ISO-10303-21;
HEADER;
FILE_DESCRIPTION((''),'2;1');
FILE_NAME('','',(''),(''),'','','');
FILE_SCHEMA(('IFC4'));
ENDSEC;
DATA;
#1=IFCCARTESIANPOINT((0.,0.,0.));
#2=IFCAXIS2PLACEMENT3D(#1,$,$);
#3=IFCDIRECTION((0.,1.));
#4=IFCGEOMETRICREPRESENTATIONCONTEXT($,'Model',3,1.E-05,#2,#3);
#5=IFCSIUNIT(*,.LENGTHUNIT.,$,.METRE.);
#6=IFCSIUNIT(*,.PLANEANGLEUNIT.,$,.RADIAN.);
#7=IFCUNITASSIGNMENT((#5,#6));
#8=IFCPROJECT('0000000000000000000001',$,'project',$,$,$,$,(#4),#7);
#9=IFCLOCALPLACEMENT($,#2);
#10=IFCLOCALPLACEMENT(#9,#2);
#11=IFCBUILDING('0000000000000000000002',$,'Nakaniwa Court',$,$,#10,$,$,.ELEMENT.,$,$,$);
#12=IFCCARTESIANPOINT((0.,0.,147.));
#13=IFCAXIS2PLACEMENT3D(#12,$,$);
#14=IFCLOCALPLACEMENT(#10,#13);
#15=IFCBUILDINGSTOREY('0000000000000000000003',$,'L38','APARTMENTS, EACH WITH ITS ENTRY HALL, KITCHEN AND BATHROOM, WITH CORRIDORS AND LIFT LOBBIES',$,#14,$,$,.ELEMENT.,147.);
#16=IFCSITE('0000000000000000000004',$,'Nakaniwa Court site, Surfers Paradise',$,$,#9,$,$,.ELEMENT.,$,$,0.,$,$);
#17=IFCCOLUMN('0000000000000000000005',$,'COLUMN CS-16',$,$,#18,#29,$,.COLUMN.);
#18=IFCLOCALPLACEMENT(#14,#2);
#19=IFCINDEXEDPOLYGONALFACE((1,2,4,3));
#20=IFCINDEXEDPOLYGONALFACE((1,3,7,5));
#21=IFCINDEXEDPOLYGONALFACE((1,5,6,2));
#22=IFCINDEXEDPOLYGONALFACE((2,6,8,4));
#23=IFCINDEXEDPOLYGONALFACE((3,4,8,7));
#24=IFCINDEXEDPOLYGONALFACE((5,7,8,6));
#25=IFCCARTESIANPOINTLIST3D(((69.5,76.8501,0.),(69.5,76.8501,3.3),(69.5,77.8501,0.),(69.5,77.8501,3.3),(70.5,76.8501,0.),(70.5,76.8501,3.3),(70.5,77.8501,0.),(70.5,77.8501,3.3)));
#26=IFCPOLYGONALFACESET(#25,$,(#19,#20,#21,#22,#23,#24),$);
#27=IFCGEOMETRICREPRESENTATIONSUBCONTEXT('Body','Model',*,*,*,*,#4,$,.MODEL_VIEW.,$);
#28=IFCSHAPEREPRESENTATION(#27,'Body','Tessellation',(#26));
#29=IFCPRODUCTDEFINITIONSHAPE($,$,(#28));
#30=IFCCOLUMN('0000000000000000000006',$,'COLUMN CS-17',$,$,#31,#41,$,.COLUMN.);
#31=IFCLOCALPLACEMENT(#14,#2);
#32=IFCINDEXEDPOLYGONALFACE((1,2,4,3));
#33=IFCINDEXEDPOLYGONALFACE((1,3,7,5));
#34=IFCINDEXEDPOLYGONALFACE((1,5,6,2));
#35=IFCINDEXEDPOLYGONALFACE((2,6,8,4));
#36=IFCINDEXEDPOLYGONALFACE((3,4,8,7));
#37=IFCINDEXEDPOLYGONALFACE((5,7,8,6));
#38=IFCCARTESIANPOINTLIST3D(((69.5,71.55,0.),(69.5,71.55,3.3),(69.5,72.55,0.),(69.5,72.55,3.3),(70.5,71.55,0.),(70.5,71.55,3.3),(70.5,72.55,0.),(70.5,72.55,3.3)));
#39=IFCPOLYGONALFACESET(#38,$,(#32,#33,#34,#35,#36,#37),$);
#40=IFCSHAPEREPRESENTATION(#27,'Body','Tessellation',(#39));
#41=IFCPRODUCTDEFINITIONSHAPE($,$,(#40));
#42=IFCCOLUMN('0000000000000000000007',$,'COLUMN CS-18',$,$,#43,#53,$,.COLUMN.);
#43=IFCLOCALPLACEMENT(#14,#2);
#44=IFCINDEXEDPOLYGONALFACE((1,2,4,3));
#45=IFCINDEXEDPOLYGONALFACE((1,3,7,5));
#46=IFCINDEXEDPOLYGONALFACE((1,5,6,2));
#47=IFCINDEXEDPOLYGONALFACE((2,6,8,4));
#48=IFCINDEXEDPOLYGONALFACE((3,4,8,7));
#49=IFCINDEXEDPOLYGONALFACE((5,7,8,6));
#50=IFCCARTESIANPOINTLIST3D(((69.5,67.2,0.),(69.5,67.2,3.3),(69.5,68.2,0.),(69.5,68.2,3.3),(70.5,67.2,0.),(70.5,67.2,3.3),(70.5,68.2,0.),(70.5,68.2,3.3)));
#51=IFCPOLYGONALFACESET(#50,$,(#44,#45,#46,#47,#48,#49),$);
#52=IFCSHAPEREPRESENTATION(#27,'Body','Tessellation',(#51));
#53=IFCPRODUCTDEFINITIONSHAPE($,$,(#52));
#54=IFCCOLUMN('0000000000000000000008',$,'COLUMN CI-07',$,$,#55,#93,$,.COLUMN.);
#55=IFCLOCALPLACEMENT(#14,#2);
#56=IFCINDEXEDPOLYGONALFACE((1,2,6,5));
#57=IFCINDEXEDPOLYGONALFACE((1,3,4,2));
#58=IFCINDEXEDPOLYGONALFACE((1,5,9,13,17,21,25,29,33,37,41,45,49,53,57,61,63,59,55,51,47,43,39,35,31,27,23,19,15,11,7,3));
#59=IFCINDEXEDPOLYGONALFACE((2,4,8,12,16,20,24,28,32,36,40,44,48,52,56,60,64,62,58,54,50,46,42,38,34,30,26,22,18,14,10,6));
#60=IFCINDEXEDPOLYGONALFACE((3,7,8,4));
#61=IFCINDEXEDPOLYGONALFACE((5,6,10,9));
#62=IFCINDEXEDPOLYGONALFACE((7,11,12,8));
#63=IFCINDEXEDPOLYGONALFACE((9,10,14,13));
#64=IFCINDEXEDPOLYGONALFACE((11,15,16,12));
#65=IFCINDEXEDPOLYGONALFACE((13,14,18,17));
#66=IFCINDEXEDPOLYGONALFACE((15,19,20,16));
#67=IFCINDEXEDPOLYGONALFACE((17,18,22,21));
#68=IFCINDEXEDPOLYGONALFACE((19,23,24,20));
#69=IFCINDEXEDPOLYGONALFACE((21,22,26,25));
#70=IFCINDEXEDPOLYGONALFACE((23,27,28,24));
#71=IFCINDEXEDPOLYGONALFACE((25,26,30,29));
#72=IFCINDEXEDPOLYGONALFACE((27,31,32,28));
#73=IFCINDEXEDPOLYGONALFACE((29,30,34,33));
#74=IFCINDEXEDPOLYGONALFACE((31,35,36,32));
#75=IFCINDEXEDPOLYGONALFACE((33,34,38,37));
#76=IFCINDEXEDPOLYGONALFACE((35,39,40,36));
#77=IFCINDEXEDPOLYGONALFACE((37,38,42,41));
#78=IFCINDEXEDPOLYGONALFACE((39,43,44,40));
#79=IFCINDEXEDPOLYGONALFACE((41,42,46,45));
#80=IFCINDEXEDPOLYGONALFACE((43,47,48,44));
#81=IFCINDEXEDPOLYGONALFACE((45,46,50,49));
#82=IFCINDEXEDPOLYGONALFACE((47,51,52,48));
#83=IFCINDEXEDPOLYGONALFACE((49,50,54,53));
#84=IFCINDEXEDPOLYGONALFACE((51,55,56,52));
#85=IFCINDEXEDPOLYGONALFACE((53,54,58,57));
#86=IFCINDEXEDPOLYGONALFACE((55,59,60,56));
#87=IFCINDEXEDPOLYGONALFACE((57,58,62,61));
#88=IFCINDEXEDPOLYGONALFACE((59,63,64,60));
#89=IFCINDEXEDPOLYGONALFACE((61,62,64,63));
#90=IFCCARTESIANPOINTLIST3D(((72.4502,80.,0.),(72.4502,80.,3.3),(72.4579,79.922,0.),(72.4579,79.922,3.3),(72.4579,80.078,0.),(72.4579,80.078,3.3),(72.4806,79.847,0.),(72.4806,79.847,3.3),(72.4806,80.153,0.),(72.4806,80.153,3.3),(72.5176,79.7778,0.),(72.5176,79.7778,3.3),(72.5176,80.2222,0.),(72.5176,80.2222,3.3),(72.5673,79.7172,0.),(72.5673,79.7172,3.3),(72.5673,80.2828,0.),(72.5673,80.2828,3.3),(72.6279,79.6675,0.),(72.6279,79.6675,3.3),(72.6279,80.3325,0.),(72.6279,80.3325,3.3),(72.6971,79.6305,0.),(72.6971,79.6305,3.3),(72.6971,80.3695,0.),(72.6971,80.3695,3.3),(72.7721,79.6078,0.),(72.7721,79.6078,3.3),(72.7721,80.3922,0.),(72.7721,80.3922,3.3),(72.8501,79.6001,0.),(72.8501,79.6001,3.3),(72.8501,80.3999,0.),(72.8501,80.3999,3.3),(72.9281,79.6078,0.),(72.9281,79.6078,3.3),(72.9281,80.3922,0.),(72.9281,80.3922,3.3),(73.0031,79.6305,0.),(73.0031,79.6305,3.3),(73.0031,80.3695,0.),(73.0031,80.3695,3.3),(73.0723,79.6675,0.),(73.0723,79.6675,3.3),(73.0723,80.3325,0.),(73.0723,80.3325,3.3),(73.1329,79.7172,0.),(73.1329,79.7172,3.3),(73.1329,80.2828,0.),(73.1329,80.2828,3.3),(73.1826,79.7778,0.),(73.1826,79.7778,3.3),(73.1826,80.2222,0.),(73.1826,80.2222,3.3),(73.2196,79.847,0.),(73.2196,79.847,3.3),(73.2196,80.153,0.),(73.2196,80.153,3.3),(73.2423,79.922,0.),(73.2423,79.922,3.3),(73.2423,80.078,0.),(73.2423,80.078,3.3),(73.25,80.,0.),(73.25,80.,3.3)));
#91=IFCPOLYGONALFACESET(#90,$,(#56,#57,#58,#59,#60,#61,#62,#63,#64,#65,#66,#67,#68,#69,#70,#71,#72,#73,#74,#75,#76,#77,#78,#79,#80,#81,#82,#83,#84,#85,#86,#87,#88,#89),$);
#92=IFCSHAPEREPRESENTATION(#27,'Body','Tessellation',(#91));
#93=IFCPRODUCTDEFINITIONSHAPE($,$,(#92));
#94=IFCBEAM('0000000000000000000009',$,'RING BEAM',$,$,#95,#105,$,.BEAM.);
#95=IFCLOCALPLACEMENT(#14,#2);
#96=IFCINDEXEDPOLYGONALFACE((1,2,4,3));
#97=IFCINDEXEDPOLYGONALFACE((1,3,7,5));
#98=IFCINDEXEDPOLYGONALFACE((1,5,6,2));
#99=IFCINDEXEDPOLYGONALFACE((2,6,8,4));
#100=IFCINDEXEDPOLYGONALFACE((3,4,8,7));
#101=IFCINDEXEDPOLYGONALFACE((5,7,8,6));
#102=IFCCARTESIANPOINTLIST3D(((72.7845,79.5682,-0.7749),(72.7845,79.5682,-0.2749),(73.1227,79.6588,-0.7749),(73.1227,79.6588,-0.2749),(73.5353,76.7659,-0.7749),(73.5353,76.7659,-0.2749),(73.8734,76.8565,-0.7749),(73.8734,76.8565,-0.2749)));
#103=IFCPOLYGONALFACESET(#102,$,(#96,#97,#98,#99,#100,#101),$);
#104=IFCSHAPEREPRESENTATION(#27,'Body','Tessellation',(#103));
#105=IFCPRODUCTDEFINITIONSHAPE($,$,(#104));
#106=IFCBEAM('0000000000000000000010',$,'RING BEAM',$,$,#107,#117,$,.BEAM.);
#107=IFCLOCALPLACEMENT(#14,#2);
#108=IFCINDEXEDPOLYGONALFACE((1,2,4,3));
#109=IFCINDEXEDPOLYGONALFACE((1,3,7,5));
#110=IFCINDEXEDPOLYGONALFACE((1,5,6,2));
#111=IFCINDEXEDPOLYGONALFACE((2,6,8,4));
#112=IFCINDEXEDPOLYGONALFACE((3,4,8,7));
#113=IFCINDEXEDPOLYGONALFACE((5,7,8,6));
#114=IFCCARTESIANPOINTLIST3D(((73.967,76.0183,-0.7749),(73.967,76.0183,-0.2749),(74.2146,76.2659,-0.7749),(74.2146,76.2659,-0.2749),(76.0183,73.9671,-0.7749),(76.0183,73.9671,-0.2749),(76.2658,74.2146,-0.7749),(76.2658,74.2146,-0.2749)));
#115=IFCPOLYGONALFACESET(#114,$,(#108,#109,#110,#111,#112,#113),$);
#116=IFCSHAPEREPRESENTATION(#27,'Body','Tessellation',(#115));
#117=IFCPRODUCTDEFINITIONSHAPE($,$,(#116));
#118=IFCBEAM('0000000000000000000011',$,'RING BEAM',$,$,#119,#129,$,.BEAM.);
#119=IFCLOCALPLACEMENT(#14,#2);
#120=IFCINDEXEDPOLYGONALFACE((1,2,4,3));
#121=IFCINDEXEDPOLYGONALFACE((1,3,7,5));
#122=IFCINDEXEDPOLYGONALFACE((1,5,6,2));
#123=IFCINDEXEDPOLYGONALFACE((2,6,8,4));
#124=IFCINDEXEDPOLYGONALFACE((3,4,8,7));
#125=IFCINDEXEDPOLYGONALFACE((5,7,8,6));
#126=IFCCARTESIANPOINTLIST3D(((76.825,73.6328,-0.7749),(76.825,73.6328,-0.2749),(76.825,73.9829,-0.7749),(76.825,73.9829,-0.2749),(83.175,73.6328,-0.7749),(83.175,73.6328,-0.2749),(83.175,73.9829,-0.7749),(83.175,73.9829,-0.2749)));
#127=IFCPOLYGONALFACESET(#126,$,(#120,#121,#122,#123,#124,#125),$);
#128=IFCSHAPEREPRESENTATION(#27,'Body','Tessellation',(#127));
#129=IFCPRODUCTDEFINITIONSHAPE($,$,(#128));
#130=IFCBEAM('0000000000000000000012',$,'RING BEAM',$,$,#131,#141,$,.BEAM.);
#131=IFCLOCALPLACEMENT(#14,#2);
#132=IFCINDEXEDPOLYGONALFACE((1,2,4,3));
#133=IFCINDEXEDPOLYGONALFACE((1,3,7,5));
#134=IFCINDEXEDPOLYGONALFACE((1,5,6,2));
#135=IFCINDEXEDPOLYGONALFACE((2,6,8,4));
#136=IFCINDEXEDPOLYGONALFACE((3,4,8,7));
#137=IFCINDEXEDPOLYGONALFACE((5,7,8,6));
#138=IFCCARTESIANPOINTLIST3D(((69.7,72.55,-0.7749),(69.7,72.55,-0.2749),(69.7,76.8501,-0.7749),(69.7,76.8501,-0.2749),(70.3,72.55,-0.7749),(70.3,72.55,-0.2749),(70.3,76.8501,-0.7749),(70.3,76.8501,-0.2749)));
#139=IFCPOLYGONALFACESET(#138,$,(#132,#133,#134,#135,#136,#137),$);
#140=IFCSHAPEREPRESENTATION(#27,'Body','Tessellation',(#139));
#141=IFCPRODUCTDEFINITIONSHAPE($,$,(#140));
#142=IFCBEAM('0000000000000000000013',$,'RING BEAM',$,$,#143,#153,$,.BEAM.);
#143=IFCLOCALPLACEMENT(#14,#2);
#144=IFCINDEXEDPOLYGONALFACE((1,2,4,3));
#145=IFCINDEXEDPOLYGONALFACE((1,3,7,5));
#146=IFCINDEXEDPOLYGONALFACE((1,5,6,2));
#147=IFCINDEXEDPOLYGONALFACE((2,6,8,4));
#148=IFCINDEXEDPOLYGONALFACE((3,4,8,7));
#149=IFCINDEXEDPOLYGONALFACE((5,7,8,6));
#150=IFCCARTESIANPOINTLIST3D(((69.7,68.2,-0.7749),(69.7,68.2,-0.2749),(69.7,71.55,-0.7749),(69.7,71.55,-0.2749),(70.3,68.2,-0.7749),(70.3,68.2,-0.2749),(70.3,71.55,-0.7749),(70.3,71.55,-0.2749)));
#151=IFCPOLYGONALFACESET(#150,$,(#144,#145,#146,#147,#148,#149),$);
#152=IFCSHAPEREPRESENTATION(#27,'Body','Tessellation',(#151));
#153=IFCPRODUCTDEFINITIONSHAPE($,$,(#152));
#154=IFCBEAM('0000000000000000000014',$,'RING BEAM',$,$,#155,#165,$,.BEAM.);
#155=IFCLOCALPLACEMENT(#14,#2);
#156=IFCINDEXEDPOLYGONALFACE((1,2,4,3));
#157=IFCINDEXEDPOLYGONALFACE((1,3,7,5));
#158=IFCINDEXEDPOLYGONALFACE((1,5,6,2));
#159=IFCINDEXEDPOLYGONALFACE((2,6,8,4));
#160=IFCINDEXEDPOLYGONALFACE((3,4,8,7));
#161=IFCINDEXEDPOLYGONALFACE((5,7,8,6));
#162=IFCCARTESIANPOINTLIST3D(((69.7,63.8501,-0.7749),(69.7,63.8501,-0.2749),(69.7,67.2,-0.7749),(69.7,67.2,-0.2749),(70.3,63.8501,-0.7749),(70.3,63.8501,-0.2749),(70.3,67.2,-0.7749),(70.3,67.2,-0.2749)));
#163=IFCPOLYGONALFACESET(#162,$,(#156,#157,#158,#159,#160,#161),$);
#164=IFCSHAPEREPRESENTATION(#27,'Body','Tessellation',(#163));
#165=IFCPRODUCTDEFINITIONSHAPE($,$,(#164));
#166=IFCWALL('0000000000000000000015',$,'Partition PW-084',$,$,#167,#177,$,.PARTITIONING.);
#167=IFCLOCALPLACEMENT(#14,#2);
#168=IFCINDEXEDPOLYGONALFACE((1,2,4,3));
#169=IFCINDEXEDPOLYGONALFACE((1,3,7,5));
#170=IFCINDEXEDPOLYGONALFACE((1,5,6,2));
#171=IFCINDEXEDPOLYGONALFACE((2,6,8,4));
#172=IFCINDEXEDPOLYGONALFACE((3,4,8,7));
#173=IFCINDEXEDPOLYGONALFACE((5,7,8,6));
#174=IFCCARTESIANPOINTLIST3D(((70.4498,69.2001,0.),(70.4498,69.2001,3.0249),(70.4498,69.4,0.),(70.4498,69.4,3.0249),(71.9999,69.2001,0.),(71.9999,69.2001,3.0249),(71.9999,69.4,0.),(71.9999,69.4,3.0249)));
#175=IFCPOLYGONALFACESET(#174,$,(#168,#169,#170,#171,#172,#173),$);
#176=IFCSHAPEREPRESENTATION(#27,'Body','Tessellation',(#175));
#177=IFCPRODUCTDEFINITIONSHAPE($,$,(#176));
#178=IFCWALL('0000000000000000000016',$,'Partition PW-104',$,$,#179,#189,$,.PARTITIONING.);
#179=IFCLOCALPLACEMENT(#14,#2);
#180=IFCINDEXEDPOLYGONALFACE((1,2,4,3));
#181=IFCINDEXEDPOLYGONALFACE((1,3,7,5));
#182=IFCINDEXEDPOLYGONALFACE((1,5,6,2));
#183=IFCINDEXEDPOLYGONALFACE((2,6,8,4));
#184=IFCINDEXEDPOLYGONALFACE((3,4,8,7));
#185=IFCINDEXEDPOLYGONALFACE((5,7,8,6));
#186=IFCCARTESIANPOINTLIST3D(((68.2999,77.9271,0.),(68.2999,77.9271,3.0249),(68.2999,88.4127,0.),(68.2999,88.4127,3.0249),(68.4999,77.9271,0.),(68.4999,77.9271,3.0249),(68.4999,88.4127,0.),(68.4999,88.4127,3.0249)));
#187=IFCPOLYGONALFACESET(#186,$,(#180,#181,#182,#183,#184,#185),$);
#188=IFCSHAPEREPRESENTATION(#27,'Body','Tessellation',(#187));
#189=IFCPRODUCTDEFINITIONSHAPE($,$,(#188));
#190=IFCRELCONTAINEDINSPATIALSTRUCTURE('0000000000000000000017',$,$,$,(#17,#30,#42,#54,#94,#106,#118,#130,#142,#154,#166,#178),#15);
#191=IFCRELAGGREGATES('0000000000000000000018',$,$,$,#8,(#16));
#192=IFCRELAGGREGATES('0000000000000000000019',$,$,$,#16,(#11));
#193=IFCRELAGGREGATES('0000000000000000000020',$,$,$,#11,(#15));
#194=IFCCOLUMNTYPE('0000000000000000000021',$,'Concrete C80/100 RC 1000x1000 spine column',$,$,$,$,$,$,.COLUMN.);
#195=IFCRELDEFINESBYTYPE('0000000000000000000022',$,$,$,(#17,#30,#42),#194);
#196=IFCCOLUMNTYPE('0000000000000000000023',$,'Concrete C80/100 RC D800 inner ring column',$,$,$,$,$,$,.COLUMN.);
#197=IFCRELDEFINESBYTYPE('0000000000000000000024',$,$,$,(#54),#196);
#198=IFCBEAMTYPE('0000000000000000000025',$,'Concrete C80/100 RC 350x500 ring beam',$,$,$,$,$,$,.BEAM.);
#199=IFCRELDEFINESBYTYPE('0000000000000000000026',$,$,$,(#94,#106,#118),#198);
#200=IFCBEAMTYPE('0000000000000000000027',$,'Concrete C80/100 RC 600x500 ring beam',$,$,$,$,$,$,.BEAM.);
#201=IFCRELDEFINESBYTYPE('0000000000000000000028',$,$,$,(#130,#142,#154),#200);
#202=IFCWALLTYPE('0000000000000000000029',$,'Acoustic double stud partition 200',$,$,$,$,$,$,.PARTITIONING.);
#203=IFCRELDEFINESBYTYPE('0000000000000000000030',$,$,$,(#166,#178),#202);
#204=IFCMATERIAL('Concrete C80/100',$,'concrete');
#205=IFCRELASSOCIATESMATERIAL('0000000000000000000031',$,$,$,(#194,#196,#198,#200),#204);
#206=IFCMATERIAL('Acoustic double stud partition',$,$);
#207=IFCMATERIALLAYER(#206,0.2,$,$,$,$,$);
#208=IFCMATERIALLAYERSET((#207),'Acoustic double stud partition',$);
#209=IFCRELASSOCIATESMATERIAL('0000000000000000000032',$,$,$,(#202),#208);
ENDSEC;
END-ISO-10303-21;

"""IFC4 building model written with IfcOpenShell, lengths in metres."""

from ifc_helpers import new_model, si_unit, direction, frame, frame_2d, origin, origin_2d, place, context, subcontext, project, spatial, rectangle, circle, extrude, material, layer, layer_set, material_profile, profile_set, type_object, element, save


model = new_model("IFC4")

# Units and contexts
model_context = context("Model", 3, precision=1e-05, world=origin(), true_north=direction((0.0, 1.0)))
body_context = subcontext(model_context, "Body", "Model", "MODEL_VIEW")
ifc_project = project(units=[si_unit("LENGTHUNIT", "METRE"), si_unit("PLANEANGLEUNIT", "RADIAN")], contexts=[model_context])

# Site, building, storey
site_placement = place(None, origin())
site = spatial("IfcSite", under=ifc_project, at=site_placement, Name="Nakaniwa Court site, Surfers Paradise", CompositionType="ELEMENT", RefElevation=0.0)
building_placement = place(site_placement, origin())
building = spatial("IfcBuilding", under=site, at=building_placement, Name="Nakaniwa Court", CompositionType="ELEMENT")
storey_placement = place(building_placement, frame((0.0, 0.0, 147.0)))
storey = spatial("IfcBuildingStorey", under=building, at=storey_placement, Name="L38", Description="APARTMENTS, EACH WITH ITS ENTRY HALL, KITCHEN AND BATHROOM, WITH CORRIDORS AND LIFT LOBBIES", CompositionType="ELEMENT", Elevation=147.0)

# Columns
ifc_material_1 = material(Name="Concrete C80/100", Category="concrete")
ifc_material_profile_1 = material_profile(ifc_material_1, rectangle(XDim=1.0, YDim=1.0, at=origin_2d()), Name="Concrete C80/100 RC 1000x1000 spine column")
ifc_profile_set_1 = profile_set([ifc_material_profile_1], Name="Concrete C80/100")
column_type_1 = type_object("IfcColumnType", Name="Concrete C80/100 RC 1000x1000 spine column", PredefinedType="COLUMN", material=ifc_profile_set_1)
for number, where, z_axis, x_axis, name in (
    (1, (70.0, 77.3501, 0.0), (0.0, 0.0, 1.0), (0.0, -1.0, 0.0), "COLUMN CS-16"),
    (2, (70.0, 72.05, 0.0), (0.0, 0.0, 1.0), (0.0, -1.0, 0.0), "COLUMN CS-17"),
    (3, (70.0, 67.7, 0.0), (0.0, 0.0, 1.0), (0.0, -1.0, 0.0), "COLUMN CS-18"),
):
    element("IfcColumn", number, at=place(storey_placement, frame(where, z_axis=z_axis, x_axis=x_axis)), inside=storey, type_object=column_type_1, Name=name, PredefinedType="COLUMN", context=body_context, shape_type="SweptSolid", body=[
        extrude(rectangle(XDim=1.0, YDim=1.0, at=origin_2d()), origin(), (0.0, 0.0, 1.0), 3.3),
    ])
ifc_material_profile_2 = material_profile(ifc_material_1, circle(Radius=0.3999, at=origin_2d()), Name="Concrete C80/100 RC D800 inner ring column")
ifc_profile_set_2 = profile_set([ifc_material_profile_2], Name="Concrete C80/100")
column_type_2 = type_object("IfcColumnType", Name="Concrete C80/100 RC D800 inner ring column", PredefinedType="COLUMN", material=ifc_profile_set_2)
for number, where, z_axis, x_axis, name in (
    (4, (72.8501, 80.0, 0.0), (0.0, 0.0, 1.0), (0.0, -1.0, 0.0), "COLUMN CI-07"),
):
    element("IfcColumn", number, at=place(storey_placement, frame(where, z_axis=z_axis, x_axis=x_axis)), inside=storey, type_object=column_type_2, Name=name, PredefinedType="COLUMN", context=body_context, shape_type="SweptSolid", body=[
        extrude(circle(Radius=0.3999, at=origin_2d()), origin(), (0.0, 0.0, 1.0), 3.3),
    ])

# Beams
ifc_material_profile_3 = material_profile(ifc_material_1, rectangle(XDim=0.3501, YDim=0.5, at=origin_2d()), Name="Concrete C80/100 RC 350x500 ring beam")
ifc_profile_set_3 = profile_set([ifc_material_profile_3], Name="Concrete C80/100")
beam_type_1 = type_object("IfcBeamType", Name="Concrete C80/100 RC 350x500 ring beam", PredefinedType="BEAM", material=ifc_profile_set_3)
beam_1_placement = place(storey_placement, frame((72.9536, 79.6135, -0.5249), z_axis=(0.258778, -0.965937, 0.0), x_axis=(0.965937, 0.258778, 0.0)))
element("IfcBeam", 5, at=beam_1_placement, inside=storey, type_object=beam_type_1, Name="RING BEAM", PredefinedType="BEAM", context=body_context, shape_type="SweptSolid", body=[
    extrude(rectangle(XDim=0.3501, YDim=0.5, at=origin_2d()), origin(), (0.0, 0.0, 1.0), 2.9011),
])
beam_2_placement = place(storey_placement, frame((74.0908, 76.1421, -0.5249), z_axis=(0.707107, -0.707107, 0.0), x_axis=(0.707107, 0.707107, 0.0)))
element("IfcBeam", 6, at=beam_2_placement, inside=storey, type_object=beam_type_1, Name="RING BEAM", PredefinedType="BEAM", context=body_context, shape_type="SweptSolid", body=[
    extrude(rectangle(XDim=0.3501, YDim=0.5, at=origin_2d()), origin(), (0.0, 0.0, 1.0), 2.9009),
])
beam_3_placement = place(storey_placement, frame((76.825, 73.8079, -0.5249), z_axis=(1.0, 0.0, 0.0), x_axis=(0.0, 1.0, 0.0)))
element("IfcBeam", 7, at=beam_3_placement, inside=storey, type_object=beam_type_1, Name="RING BEAM", PredefinedType="BEAM", context=body_context, shape_type="SweptSolid", body=[
    extrude(rectangle(XDim=0.3501, YDim=0.5, at=origin_2d()), origin(), (0.0, 0.0, 1.0), 6.3501),
])
ifc_material_profile_4 = material_profile(ifc_material_1, rectangle(XDim=0.6001, YDim=0.5, at=origin_2d()), Name="Concrete C80/100 RC 600x500 ring beam")
ifc_profile_set_4 = profile_set([ifc_material_profile_4], Name="Concrete C80/100")
beam_type_2 = type_object("IfcBeamType", Name="Concrete C80/100 RC 600x500 ring beam", PredefinedType="BEAM", material=ifc_profile_set_4)
beam_4_placement = place(storey_placement, frame((70.0, 76.8501, -0.5249), z_axis=(0.0, -1.0, 0.0), x_axis=(1.0, 0.0, 0.0)))
element("IfcBeam", 8, at=beam_4_placement, inside=storey, type_object=beam_type_2, Name="RING BEAM", PredefinedType="BEAM", context=body_context, shape_type="SweptSolid", body=[
    extrude(rectangle(XDim=0.6001, YDim=0.5, at=origin_2d()), origin(), (0.0, 0.0, 1.0), 4.3),
])
beam_5_placement = place(storey_placement, frame((70.0, 71.55, -0.5249), z_axis=(0.0, -1.0, 0.0), x_axis=(1.0, 0.0, 0.0)))
element("IfcBeam", 9, at=beam_5_placement, inside=storey, type_object=beam_type_2, Name="RING BEAM", PredefinedType="BEAM", context=body_context, shape_type="SweptSolid", body=[
    extrude(rectangle(XDim=0.6001, YDim=0.5, at=origin_2d()), origin(), (0.0, 0.0, 1.0), 3.3501),
])
beam_6_placement = place(storey_placement, frame((70.0, 67.2, -0.5249), z_axis=(0.0, -1.0, 0.0), x_axis=(1.0, 0.0, 0.0)))
element("IfcBeam", 10, at=beam_6_placement, inside=storey, type_object=beam_type_2, Name="RING BEAM", PredefinedType="BEAM", context=body_context, shape_type="SweptSolid", body=[
    extrude(rectangle(XDim=0.6001, YDim=0.5, at=origin_2d()), origin(), (0.0, 0.0, 1.0), 3.3499),
])

# Walls
ifc_material_2 = material(Name="Acoustic double stud partition")
ifc_layer_1 = layer(ifc_material_2, 0.2)
ifc_layer_set_1 = layer_set([ifc_layer_1], Name="Acoustic double stud partition")
wall_type_1 = type_object("IfcWallType", Name="Acoustic double stud partition 200", PredefinedType="PARTITIONING", material=ifc_layer_set_1)
wall_1_placement = place(storey_placement, frame((70.45, 69.3, 0.0), z_axis=(0.0, 0.0, 1.0), x_axis=(1.0, 0.0, 0.0)))
element("IfcWall", 11, at=wall_1_placement, inside=storey, type_object=wall_type_1, Name="Partition PW-084", PredefinedType="PARTITIONING", context=body_context, shape_type="SweptSolid", body=[
    extrude(rectangle(XDim=1.55, YDim=0.2, at=frame_2d((0.7749, 0.0))), origin(), (0.0, 0.0, 1.0), 3.0249),
])
wall_2_placement = place(storey_placement, frame((68.3999, 77.9272, 0.0), z_axis=(0.0, 0.0, 1.0), x_axis=(0.0, 1.0, 0.0)))
element("IfcWall", 12, at=wall_2_placement, inside=storey, type_object=wall_type_1, Name="Partition PW-104", PredefinedType="PARTITIONING", context=body_context, shape_type="SweptSolid", body=[
    extrude(rectangle(XDim=10.4856, YDim=0.2, at=frame_2d((5.2427, 0.0))), origin(), (0.0, 0.0, 1.0), 3.0249),
])

save(model, "model.ifc")
